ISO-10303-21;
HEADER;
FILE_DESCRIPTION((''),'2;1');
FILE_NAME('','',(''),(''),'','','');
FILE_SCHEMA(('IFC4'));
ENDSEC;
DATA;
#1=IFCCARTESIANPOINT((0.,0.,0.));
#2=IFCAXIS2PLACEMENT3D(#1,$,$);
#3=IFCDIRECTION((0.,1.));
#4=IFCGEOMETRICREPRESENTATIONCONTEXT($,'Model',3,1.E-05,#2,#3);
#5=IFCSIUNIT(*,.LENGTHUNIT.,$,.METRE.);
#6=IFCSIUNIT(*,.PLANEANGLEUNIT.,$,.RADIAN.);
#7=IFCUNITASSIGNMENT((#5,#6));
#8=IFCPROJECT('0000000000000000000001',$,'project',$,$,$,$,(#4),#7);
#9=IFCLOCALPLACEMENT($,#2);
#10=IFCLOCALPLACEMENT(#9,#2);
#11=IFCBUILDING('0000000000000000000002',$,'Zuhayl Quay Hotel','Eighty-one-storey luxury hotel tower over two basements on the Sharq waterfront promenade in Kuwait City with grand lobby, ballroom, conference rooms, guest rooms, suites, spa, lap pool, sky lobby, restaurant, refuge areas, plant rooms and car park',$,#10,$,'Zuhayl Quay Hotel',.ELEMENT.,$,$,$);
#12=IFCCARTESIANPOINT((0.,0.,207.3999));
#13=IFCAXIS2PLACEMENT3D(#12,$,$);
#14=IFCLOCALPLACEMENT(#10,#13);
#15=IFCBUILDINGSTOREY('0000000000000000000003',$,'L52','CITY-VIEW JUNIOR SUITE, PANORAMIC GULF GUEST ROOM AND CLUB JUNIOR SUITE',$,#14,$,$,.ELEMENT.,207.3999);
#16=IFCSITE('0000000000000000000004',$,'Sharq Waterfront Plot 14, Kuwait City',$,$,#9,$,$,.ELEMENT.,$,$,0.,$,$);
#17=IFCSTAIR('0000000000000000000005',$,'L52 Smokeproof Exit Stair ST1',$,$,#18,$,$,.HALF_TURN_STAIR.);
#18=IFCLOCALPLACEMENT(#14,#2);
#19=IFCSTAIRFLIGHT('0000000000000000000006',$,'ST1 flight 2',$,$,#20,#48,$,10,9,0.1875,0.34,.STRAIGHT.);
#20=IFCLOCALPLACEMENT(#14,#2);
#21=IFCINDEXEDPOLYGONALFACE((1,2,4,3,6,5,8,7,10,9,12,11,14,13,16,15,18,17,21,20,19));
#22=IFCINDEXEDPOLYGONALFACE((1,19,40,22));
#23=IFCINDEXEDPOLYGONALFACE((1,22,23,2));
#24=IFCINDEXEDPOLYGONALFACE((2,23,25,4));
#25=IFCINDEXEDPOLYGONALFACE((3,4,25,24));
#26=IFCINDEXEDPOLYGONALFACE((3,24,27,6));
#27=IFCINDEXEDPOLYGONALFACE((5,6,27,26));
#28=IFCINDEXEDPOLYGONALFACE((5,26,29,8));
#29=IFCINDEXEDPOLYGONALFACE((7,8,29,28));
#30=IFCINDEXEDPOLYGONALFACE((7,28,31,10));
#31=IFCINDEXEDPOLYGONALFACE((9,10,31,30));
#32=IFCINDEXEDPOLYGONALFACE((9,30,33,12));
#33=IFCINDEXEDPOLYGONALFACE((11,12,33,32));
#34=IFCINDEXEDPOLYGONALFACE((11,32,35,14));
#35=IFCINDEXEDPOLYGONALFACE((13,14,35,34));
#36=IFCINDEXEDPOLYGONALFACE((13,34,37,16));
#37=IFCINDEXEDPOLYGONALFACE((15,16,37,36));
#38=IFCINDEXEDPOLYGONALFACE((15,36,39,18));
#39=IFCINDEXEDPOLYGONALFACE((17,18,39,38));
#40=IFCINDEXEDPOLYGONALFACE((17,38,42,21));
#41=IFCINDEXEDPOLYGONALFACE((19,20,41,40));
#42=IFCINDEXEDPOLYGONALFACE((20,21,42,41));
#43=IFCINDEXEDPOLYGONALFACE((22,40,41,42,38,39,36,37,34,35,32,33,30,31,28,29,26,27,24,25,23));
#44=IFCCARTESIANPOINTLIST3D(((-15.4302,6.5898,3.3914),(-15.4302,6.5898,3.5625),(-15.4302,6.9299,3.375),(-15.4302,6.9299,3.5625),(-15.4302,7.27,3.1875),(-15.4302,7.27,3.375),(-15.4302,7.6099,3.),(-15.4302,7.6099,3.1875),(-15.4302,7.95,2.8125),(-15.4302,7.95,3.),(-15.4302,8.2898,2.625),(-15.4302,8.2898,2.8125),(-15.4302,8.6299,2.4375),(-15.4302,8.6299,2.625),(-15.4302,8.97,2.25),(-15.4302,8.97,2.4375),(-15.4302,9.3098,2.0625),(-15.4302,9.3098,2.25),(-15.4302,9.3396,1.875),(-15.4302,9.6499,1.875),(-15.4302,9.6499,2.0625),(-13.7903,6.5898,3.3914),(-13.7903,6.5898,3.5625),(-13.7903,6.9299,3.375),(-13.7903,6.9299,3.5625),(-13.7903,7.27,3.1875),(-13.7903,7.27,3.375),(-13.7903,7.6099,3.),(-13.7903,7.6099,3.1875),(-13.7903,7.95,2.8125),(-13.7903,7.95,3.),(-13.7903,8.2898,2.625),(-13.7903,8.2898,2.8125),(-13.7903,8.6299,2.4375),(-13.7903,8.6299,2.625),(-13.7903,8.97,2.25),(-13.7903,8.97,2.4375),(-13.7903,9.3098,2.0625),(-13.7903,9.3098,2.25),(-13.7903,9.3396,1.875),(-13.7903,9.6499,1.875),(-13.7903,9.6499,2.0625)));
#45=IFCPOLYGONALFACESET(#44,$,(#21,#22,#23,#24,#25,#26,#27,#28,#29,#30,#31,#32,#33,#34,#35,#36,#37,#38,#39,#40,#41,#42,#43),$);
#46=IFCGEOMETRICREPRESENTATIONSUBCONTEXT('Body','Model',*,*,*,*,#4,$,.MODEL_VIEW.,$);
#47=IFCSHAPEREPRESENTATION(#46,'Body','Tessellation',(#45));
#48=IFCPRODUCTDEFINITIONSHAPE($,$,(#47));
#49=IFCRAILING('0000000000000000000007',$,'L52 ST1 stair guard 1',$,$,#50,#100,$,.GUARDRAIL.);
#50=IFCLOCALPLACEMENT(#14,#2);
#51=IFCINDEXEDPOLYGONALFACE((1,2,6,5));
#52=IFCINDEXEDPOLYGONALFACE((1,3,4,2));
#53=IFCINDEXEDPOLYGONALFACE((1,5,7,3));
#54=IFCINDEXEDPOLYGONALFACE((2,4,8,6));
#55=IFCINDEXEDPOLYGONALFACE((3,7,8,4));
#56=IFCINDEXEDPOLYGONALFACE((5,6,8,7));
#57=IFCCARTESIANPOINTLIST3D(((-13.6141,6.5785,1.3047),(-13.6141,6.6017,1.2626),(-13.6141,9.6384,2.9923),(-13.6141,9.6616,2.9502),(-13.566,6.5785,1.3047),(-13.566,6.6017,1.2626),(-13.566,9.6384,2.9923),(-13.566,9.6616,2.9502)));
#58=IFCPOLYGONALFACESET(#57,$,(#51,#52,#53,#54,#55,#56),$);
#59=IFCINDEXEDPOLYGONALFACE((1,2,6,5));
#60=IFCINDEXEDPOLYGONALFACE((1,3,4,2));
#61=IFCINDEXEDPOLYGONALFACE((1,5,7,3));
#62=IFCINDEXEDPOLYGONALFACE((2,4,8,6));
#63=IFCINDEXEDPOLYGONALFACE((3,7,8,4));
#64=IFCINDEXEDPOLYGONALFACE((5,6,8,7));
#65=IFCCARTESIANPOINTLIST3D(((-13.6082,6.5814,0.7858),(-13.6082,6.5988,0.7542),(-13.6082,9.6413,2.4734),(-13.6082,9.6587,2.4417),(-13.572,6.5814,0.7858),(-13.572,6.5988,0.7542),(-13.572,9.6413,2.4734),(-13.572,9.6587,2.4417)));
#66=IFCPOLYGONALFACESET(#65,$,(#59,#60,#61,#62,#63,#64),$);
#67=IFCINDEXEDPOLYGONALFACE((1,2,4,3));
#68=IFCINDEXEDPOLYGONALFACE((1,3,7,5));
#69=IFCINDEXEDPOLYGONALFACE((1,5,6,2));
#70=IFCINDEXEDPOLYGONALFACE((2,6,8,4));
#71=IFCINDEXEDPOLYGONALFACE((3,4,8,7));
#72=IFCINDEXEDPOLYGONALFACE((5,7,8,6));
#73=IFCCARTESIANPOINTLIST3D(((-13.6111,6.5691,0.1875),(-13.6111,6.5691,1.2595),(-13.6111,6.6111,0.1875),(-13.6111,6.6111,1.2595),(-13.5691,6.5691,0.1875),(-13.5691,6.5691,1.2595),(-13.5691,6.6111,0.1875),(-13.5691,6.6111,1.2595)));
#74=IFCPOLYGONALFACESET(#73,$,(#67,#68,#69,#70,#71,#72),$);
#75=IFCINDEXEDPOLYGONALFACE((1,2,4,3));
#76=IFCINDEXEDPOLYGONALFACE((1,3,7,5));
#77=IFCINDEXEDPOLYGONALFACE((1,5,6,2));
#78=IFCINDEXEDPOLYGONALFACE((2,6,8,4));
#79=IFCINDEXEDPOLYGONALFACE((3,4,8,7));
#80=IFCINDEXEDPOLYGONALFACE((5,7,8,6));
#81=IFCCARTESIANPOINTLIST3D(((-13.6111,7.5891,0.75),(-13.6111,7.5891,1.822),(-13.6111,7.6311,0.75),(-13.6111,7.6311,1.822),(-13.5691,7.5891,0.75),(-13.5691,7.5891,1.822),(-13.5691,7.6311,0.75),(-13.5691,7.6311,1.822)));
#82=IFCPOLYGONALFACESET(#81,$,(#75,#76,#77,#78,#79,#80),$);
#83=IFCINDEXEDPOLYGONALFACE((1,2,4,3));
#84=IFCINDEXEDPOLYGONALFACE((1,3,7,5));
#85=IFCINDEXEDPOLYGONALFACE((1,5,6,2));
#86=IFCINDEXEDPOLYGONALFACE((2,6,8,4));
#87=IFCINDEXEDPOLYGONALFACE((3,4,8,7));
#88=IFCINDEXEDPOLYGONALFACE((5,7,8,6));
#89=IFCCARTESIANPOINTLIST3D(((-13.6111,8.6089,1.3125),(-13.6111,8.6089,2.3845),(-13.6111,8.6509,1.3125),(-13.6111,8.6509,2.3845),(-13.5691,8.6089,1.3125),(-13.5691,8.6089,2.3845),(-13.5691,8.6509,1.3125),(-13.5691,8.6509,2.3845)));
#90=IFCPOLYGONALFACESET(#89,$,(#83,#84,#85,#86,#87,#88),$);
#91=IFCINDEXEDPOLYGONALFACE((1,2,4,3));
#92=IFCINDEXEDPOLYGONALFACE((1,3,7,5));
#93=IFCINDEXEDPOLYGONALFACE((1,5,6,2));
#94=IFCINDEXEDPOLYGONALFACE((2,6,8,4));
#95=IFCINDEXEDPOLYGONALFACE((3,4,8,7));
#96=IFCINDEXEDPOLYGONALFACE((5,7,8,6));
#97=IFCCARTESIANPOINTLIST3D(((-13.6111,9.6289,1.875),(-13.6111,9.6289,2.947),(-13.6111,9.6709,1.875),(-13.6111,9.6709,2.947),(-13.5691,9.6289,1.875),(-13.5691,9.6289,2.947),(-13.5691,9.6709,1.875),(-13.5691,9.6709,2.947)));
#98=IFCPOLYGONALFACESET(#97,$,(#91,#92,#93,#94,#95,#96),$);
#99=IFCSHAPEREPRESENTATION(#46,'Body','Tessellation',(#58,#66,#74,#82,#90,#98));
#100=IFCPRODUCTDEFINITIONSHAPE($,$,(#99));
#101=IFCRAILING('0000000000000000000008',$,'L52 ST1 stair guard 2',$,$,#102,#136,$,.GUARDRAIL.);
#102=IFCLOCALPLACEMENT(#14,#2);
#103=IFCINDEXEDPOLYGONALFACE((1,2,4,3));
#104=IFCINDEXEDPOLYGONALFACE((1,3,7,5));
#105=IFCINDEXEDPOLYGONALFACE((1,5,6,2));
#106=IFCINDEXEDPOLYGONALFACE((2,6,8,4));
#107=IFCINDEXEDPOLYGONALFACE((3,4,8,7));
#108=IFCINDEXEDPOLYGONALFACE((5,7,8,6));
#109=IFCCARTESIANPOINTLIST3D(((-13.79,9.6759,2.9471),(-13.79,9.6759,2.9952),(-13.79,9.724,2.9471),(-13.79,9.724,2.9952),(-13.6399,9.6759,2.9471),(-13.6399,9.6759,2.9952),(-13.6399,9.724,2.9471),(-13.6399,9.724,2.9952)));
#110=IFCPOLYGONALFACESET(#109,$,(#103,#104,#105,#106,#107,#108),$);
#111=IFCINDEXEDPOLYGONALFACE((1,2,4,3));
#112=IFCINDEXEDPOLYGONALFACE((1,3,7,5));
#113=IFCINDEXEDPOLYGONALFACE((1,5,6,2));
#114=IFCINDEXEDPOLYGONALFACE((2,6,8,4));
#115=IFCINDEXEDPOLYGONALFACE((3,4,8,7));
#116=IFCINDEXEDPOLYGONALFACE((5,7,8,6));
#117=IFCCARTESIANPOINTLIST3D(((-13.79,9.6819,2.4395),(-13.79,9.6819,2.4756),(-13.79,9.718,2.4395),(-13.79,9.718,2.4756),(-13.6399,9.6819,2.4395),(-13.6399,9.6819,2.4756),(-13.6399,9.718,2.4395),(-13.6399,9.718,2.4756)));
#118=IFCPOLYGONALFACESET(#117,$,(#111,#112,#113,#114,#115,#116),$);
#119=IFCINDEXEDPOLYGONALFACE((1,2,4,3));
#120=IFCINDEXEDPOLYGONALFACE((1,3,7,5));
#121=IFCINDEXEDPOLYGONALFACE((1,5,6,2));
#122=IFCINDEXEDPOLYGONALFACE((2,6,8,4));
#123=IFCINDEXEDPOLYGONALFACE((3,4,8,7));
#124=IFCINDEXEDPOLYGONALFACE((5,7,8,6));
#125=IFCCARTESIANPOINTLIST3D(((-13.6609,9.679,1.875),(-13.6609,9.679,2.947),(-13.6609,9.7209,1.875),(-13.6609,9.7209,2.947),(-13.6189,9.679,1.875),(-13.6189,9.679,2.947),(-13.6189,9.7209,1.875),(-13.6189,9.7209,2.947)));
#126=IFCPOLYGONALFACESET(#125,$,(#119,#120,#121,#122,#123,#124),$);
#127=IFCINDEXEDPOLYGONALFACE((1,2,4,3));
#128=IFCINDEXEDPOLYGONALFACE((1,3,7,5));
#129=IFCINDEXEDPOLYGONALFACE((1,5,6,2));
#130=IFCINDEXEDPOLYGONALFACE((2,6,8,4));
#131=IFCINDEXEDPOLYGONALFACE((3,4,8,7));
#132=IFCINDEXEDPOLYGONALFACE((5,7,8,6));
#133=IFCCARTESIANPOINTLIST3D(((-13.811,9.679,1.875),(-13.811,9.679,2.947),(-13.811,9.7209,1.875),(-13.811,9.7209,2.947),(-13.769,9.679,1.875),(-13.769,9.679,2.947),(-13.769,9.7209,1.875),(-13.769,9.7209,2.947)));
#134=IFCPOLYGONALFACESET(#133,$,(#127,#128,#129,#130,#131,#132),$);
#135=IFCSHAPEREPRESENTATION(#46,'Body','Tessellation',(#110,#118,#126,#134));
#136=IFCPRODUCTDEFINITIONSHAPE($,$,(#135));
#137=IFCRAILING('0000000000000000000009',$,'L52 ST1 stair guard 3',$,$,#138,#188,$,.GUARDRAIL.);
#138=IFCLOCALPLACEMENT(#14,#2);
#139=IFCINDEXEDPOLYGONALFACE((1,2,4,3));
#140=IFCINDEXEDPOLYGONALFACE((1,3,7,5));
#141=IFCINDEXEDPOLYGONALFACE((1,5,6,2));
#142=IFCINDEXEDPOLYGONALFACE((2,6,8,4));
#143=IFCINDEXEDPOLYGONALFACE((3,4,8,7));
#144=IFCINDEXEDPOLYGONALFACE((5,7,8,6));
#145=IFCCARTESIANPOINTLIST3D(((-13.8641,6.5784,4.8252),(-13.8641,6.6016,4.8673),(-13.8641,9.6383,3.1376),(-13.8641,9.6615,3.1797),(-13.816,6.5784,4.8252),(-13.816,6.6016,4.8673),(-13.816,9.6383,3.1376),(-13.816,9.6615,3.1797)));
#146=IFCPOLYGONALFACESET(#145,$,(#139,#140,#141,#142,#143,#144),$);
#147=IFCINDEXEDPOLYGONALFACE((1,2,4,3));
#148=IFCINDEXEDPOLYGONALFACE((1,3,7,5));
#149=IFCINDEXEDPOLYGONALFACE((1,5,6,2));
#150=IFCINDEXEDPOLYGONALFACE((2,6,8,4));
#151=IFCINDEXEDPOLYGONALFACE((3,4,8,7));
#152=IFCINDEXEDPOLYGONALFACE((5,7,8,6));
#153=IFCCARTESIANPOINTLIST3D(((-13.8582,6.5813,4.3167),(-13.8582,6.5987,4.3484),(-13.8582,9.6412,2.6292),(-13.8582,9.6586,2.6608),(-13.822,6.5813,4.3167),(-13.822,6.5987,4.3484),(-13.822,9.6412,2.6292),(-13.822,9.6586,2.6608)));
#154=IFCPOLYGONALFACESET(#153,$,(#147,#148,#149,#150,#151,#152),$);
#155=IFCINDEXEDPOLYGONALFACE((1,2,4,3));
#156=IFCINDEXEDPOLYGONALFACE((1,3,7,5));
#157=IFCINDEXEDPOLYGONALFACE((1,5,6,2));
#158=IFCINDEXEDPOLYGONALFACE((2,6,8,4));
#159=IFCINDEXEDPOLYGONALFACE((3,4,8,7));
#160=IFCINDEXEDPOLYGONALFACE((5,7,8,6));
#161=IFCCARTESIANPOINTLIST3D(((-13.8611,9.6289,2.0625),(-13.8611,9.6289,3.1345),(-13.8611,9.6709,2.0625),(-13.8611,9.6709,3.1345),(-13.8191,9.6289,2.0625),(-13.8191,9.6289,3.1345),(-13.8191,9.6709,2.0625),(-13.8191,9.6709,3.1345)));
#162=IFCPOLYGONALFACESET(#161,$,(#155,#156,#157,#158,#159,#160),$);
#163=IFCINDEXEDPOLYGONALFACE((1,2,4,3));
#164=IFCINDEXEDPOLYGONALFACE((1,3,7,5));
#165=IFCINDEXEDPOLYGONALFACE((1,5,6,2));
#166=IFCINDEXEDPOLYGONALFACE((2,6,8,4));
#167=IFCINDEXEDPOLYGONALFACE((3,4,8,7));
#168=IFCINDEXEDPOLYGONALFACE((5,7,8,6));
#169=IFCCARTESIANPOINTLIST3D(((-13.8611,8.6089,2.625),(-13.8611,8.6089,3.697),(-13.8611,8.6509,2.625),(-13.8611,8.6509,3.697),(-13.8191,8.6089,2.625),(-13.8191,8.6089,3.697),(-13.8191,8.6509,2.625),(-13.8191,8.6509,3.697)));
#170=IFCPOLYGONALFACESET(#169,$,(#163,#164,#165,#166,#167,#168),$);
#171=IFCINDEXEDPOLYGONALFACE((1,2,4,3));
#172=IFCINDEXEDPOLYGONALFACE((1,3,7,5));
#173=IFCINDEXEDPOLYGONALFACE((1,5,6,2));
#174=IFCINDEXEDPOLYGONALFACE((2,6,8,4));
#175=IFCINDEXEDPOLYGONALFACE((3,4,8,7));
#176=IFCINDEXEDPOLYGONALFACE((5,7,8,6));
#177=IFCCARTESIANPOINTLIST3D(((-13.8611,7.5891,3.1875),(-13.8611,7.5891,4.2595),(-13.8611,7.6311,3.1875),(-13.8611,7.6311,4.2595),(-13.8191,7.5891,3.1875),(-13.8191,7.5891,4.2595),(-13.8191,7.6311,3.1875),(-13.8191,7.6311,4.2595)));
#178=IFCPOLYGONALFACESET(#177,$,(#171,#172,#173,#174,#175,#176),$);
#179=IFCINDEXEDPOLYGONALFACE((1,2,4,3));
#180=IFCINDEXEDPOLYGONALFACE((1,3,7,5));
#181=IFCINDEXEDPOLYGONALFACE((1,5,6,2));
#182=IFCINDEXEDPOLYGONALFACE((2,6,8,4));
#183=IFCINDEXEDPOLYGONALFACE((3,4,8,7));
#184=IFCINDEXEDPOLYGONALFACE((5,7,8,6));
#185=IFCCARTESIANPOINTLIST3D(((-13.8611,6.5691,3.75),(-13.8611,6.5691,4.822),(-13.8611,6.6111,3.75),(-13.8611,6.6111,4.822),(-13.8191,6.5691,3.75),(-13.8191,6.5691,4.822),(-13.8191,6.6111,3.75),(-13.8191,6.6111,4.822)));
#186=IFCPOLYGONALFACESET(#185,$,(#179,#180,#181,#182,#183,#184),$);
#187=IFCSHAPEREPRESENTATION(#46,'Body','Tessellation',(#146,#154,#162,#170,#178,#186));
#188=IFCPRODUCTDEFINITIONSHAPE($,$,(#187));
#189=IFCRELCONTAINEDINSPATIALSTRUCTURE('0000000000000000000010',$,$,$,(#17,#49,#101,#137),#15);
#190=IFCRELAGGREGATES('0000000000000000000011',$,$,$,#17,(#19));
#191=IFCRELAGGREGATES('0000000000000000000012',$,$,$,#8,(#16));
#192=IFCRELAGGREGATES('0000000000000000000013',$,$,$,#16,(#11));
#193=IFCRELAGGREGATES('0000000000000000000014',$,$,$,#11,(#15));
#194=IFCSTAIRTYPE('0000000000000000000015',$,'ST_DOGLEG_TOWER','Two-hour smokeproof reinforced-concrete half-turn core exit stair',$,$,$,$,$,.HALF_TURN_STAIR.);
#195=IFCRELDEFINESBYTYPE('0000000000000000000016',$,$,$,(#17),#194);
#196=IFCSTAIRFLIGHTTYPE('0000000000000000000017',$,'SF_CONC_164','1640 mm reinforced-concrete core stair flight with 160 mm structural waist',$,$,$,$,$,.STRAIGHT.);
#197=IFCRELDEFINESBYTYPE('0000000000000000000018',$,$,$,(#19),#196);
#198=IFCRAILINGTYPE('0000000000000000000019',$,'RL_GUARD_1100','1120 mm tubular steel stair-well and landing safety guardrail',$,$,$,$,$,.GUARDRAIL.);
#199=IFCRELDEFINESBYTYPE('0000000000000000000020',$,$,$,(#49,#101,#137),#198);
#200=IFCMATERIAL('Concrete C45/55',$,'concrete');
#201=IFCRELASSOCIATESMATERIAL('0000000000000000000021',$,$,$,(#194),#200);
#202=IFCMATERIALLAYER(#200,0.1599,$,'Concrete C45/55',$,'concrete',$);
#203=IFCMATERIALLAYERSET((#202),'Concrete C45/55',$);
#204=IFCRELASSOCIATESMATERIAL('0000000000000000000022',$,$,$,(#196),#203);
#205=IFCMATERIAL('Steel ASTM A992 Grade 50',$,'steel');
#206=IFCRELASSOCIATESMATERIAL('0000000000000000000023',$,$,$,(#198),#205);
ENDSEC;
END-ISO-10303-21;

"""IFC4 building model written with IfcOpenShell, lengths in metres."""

from ifc_helpers import new_model, si_unit, direction, frame, origin, origin_2d, place, context, subcontext, project, spatial, polyline, rectangle, outline, extrude, material, layer, layer_set, type_object, element, aggregate, save


model = new_model("IFC4")

# Units and contexts
model_context = context("Model", 3, precision=1e-05, world=origin(), true_north=direction((0.0, 1.0)))
body_context = subcontext(model_context, "Body", "Model", "MODEL_VIEW")
ifc_project = project(units=[si_unit("LENGTHUNIT", "METRE"), si_unit("PLANEANGLEUNIT", "RADIAN")], contexts=[model_context])

# Site, building, storey
site_placement = place(None, origin())
site = spatial("IfcSite", under=ifc_project, at=site_placement, Name="Sharq Waterfront Plot 14, Kuwait City", CompositionType="ELEMENT", RefElevation=0.0)
building_placement = place(site_placement, origin())
building = spatial("IfcBuilding", under=site, at=building_placement, Name="Zuhayl Quay Hotel", Description="Eighty-one-storey luxury hotel tower over two basements on the Sharq waterfront promenade in Kuwait City with grand lobby, ballroom, conference rooms, guest rooms, suites, spa, lap pool, sky lobby, restaurant, refuge areas, plant rooms and car park", LongName="Zuhayl Quay Hotel", CompositionType="ELEMENT")
storey_placement = place(building_placement, frame((0.0, 0.0, 207.3999)))
storey = spatial("IfcBuildingStorey", under=building, at=storey_placement, Name="L52", Description="CITY-VIEW JUNIOR SUITE, PANORAMIC GULF GUEST ROOM AND CLUB JUNIOR SUITE", CompositionType="ELEMENT", Elevation=207.3999)

# Shared definitions
ifc_material_1 = material(Name="Steel ASTM A992 Grade 50", Category="steel")

# Stair, stair flight
ifc_material_2 = material(Name="Concrete C45/55", Category="concrete")
stair_type = type_object("IfcStairType", Name="ST_DOGLEG_TOWER", Description="Two-hour smokeproof reinforced-concrete half-turn core exit stair", PredefinedType="HALF_TURN_STAIR", material=ifc_material_2)
stair_placement = place(storey_placement, origin())
stair = element("IfcStair", 1, at=stair_placement, inside=storey, type_object=stair_type, Name="L52 Smokeproof Exit Stair ST1", PredefinedType="HALF_TURN_STAIR")
ifc_layer_1 = layer(ifc_material_2, 0.1599, Name="Concrete C45/55", Category="concrete")
ifc_layer_set_1 = layer_set([ifc_layer_1], Name="Concrete C45/55")
stair_flight_type = type_object("IfcStairFlightType", Name="SF_CONC_164", Description="1640 mm reinforced-concrete core stair flight with 160 mm structural waist", PredefinedType="STRAIGHT", material=ifc_layer_set_1)
stair_flight_1_placement = place(storey_placement, frame((-14.6101, 9.6499, 1.875), z_axis=(0.0, 0.0, 1.0), x_axis=(0.0, -1.0, 0.0)))
stair_flight_1 = element("IfcStairFlight", 2, at=stair_flight_1_placement, type_object=stair_flight_type, Name="ST1 flight 2", NumberOfRisers=10, NumberOfTreads=9, PredefinedType="STRAIGHT", RiserHeight=0.1875, TreadLength=0.34, context=body_context, shape_type="SweptSolid", body=[
    extrude(outline(polyline([(0.0, 0.0), (0.0, 0.1875), (0.3401, 0.1875), (0.3401, 0.375), (0.6799, 0.375), (0.6799, 0.5625), (1.02, 0.5625), (1.02, 0.75), (1.3601, 0.75), (1.3601, 0.9375), (1.7, 0.9375), (1.7, 1.125), (2.04, 1.125), (2.04, 1.3125), (2.3799, 1.3125), (2.3799, 1.5), (2.72, 1.5), (2.72, 1.6875), (3.0601, 1.6875), (3.0601, 1.875), (3.0601, 1.5164), (0.3103, 0.0), (0.0, 0.0)])), frame((0.0, 0.8198, 0.0), z_axis=(0.0, -1.0, 0.0), x_axis=(1.0, 0.0, 0.0)), (0.0, 0.0, 1.0), 1.6399),
])
aggregate(stair, [stair_flight_1])

# Railings
railing_type_1 = type_object("IfcRailingType", Name="RL_GUARD_1100", Description="1120 mm tubular steel stair-well and landing safety guardrail", PredefinedType="GUARDRAIL", material=ifc_material_1)
railing_1_placement = place(storey_placement, frame((-13.5901, 6.5901, 0.1875)))
element("IfcRailing", 3, at=railing_1_placement, inside=storey, type_object=railing_type_1, Name="L52 ST1 stair guard 1", PredefinedType="GUARDRAIL", context=body_context, shape_type="SweptSolid", body=[
    extrude(rectangle(XDim=0.0481, YDim=0.0481, at=origin_2d()), frame((0.0, 0.0, 1.0962), z_axis=(0.0, 0.875659, 0.48293), x_axis=(-1.0, 0.0, 0.0)), (0.0, 0.0, 1.0), 3.4944),
    extrude(rectangle(XDim=0.0361, YDim=0.0361, at=origin_2d()), frame((0.0, 0.0, 0.5825), z_axis=(0.0, 0.875659, 0.48293), x_axis=(-1.0, 0.0, 0.0)), (0.0, 0.0, 1.0), 3.4944),
    extrude(rectangle(XDim=0.042, YDim=0.042, at=origin_2d()), origin(), (0.0, 0.0, 1.0), 1.072),
    extrude(rectangle(XDim=0.042, YDim=0.042, at=origin_2d()), frame((0.0, 1.02, 0.5625)), (0.0, 0.0, 1.0), 1.072),
    extrude(rectangle(XDim=0.042, YDim=0.042, at=origin_2d()), frame((0.0, 2.0398, 1.125)), (0.0, 0.0, 1.0), 1.072),
    extrude(rectangle(XDim=0.042, YDim=0.042, at=origin_2d()), frame((0.0, 3.0598, 1.6875)), (0.0, 0.0, 1.0), 1.072),
])
railing_2_placement = place(storey_placement, frame((-13.6399, 9.7, 1.875)))
element("IfcRailing", 4, at=railing_2_placement, inside=storey, type_object=railing_type_1, Name="L52 ST1 stair guard 2", PredefinedType="GUARDRAIL", context=body_context, shape_type="SweptSolid", body=[
    extrude(rectangle(XDim=0.0481, YDim=0.0481, at=origin_2d()), frame((0.0, 0.0, 1.0962), z_axis=(-1.0, 0.0, 0.0), x_axis=(0.0, -1.0, 0.0)), (0.0, 0.0, 1.0), 0.1501),
    extrude(rectangle(XDim=0.0361, YDim=0.0361, at=origin_2d()), frame((0.0, 0.0, 0.5825), z_axis=(-1.0, 0.0, 0.0), x_axis=(0.0, -1.0, 0.0)), (0.0, 0.0, 1.0), 0.1501),
    extrude(rectangle(XDim=0.042, YDim=0.042, at=origin_2d()), origin(), (0.0, 0.0, 1.0), 1.072),
    extrude(rectangle(XDim=0.042, YDim=0.042, at=origin_2d()), frame((-0.1501, 0.0, 0.0)), (0.0, 0.0, 1.0), 1.072),
])
railing_3_placement = place(storey_placement, frame((-13.8401, 9.6499, 2.0625)))
element("IfcRailing", 5, at=railing_3_placement, inside=storey, type_object=railing_type_1, Name="L52 ST1 stair guard 3", PredefinedType="GUARDRAIL", context=body_context, shape_type="SweptSolid", body=[
    extrude(rectangle(XDim=0.0481, YDim=0.0481, at=origin_2d()), frame((0.0, 0.0, 1.0962), z_axis=(0.0, -0.875659, 0.48293), x_axis=(1.0, 0.0, 0.0)), (0.0, 0.0, 1.0), 3.4944),
    extrude(rectangle(XDim=0.0361, YDim=0.0361, at=origin_2d()), frame((0.0, 0.0, 0.5825), z_axis=(0.0, -0.875659, 0.48293), x_axis=(1.0, 0.0, 0.0)), (0.0, 0.0, 1.0), 3.4944),
    extrude(rectangle(XDim=0.042, YDim=0.042, at=origin_2d()), origin(), (0.0, 0.0, 1.0), 1.072),
    extrude(rectangle(XDim=0.042, YDim=0.042, at=origin_2d()), frame((0.0, -1.02, 0.5625)), (0.0, 0.0, 1.0), 1.072),
    extrude(rectangle(XDim=0.042, YDim=0.042, at=origin_2d()), frame((0.0, -2.0398, 1.125)), (0.0, 0.0, 1.0), 1.072),
    extrude(rectangle(XDim=0.042, YDim=0.042, at=origin_2d()), frame((0.0, -3.0598, 1.6875)), (0.0, 0.0, 1.0), 1.072),
])

save(model, "model.ifc")
